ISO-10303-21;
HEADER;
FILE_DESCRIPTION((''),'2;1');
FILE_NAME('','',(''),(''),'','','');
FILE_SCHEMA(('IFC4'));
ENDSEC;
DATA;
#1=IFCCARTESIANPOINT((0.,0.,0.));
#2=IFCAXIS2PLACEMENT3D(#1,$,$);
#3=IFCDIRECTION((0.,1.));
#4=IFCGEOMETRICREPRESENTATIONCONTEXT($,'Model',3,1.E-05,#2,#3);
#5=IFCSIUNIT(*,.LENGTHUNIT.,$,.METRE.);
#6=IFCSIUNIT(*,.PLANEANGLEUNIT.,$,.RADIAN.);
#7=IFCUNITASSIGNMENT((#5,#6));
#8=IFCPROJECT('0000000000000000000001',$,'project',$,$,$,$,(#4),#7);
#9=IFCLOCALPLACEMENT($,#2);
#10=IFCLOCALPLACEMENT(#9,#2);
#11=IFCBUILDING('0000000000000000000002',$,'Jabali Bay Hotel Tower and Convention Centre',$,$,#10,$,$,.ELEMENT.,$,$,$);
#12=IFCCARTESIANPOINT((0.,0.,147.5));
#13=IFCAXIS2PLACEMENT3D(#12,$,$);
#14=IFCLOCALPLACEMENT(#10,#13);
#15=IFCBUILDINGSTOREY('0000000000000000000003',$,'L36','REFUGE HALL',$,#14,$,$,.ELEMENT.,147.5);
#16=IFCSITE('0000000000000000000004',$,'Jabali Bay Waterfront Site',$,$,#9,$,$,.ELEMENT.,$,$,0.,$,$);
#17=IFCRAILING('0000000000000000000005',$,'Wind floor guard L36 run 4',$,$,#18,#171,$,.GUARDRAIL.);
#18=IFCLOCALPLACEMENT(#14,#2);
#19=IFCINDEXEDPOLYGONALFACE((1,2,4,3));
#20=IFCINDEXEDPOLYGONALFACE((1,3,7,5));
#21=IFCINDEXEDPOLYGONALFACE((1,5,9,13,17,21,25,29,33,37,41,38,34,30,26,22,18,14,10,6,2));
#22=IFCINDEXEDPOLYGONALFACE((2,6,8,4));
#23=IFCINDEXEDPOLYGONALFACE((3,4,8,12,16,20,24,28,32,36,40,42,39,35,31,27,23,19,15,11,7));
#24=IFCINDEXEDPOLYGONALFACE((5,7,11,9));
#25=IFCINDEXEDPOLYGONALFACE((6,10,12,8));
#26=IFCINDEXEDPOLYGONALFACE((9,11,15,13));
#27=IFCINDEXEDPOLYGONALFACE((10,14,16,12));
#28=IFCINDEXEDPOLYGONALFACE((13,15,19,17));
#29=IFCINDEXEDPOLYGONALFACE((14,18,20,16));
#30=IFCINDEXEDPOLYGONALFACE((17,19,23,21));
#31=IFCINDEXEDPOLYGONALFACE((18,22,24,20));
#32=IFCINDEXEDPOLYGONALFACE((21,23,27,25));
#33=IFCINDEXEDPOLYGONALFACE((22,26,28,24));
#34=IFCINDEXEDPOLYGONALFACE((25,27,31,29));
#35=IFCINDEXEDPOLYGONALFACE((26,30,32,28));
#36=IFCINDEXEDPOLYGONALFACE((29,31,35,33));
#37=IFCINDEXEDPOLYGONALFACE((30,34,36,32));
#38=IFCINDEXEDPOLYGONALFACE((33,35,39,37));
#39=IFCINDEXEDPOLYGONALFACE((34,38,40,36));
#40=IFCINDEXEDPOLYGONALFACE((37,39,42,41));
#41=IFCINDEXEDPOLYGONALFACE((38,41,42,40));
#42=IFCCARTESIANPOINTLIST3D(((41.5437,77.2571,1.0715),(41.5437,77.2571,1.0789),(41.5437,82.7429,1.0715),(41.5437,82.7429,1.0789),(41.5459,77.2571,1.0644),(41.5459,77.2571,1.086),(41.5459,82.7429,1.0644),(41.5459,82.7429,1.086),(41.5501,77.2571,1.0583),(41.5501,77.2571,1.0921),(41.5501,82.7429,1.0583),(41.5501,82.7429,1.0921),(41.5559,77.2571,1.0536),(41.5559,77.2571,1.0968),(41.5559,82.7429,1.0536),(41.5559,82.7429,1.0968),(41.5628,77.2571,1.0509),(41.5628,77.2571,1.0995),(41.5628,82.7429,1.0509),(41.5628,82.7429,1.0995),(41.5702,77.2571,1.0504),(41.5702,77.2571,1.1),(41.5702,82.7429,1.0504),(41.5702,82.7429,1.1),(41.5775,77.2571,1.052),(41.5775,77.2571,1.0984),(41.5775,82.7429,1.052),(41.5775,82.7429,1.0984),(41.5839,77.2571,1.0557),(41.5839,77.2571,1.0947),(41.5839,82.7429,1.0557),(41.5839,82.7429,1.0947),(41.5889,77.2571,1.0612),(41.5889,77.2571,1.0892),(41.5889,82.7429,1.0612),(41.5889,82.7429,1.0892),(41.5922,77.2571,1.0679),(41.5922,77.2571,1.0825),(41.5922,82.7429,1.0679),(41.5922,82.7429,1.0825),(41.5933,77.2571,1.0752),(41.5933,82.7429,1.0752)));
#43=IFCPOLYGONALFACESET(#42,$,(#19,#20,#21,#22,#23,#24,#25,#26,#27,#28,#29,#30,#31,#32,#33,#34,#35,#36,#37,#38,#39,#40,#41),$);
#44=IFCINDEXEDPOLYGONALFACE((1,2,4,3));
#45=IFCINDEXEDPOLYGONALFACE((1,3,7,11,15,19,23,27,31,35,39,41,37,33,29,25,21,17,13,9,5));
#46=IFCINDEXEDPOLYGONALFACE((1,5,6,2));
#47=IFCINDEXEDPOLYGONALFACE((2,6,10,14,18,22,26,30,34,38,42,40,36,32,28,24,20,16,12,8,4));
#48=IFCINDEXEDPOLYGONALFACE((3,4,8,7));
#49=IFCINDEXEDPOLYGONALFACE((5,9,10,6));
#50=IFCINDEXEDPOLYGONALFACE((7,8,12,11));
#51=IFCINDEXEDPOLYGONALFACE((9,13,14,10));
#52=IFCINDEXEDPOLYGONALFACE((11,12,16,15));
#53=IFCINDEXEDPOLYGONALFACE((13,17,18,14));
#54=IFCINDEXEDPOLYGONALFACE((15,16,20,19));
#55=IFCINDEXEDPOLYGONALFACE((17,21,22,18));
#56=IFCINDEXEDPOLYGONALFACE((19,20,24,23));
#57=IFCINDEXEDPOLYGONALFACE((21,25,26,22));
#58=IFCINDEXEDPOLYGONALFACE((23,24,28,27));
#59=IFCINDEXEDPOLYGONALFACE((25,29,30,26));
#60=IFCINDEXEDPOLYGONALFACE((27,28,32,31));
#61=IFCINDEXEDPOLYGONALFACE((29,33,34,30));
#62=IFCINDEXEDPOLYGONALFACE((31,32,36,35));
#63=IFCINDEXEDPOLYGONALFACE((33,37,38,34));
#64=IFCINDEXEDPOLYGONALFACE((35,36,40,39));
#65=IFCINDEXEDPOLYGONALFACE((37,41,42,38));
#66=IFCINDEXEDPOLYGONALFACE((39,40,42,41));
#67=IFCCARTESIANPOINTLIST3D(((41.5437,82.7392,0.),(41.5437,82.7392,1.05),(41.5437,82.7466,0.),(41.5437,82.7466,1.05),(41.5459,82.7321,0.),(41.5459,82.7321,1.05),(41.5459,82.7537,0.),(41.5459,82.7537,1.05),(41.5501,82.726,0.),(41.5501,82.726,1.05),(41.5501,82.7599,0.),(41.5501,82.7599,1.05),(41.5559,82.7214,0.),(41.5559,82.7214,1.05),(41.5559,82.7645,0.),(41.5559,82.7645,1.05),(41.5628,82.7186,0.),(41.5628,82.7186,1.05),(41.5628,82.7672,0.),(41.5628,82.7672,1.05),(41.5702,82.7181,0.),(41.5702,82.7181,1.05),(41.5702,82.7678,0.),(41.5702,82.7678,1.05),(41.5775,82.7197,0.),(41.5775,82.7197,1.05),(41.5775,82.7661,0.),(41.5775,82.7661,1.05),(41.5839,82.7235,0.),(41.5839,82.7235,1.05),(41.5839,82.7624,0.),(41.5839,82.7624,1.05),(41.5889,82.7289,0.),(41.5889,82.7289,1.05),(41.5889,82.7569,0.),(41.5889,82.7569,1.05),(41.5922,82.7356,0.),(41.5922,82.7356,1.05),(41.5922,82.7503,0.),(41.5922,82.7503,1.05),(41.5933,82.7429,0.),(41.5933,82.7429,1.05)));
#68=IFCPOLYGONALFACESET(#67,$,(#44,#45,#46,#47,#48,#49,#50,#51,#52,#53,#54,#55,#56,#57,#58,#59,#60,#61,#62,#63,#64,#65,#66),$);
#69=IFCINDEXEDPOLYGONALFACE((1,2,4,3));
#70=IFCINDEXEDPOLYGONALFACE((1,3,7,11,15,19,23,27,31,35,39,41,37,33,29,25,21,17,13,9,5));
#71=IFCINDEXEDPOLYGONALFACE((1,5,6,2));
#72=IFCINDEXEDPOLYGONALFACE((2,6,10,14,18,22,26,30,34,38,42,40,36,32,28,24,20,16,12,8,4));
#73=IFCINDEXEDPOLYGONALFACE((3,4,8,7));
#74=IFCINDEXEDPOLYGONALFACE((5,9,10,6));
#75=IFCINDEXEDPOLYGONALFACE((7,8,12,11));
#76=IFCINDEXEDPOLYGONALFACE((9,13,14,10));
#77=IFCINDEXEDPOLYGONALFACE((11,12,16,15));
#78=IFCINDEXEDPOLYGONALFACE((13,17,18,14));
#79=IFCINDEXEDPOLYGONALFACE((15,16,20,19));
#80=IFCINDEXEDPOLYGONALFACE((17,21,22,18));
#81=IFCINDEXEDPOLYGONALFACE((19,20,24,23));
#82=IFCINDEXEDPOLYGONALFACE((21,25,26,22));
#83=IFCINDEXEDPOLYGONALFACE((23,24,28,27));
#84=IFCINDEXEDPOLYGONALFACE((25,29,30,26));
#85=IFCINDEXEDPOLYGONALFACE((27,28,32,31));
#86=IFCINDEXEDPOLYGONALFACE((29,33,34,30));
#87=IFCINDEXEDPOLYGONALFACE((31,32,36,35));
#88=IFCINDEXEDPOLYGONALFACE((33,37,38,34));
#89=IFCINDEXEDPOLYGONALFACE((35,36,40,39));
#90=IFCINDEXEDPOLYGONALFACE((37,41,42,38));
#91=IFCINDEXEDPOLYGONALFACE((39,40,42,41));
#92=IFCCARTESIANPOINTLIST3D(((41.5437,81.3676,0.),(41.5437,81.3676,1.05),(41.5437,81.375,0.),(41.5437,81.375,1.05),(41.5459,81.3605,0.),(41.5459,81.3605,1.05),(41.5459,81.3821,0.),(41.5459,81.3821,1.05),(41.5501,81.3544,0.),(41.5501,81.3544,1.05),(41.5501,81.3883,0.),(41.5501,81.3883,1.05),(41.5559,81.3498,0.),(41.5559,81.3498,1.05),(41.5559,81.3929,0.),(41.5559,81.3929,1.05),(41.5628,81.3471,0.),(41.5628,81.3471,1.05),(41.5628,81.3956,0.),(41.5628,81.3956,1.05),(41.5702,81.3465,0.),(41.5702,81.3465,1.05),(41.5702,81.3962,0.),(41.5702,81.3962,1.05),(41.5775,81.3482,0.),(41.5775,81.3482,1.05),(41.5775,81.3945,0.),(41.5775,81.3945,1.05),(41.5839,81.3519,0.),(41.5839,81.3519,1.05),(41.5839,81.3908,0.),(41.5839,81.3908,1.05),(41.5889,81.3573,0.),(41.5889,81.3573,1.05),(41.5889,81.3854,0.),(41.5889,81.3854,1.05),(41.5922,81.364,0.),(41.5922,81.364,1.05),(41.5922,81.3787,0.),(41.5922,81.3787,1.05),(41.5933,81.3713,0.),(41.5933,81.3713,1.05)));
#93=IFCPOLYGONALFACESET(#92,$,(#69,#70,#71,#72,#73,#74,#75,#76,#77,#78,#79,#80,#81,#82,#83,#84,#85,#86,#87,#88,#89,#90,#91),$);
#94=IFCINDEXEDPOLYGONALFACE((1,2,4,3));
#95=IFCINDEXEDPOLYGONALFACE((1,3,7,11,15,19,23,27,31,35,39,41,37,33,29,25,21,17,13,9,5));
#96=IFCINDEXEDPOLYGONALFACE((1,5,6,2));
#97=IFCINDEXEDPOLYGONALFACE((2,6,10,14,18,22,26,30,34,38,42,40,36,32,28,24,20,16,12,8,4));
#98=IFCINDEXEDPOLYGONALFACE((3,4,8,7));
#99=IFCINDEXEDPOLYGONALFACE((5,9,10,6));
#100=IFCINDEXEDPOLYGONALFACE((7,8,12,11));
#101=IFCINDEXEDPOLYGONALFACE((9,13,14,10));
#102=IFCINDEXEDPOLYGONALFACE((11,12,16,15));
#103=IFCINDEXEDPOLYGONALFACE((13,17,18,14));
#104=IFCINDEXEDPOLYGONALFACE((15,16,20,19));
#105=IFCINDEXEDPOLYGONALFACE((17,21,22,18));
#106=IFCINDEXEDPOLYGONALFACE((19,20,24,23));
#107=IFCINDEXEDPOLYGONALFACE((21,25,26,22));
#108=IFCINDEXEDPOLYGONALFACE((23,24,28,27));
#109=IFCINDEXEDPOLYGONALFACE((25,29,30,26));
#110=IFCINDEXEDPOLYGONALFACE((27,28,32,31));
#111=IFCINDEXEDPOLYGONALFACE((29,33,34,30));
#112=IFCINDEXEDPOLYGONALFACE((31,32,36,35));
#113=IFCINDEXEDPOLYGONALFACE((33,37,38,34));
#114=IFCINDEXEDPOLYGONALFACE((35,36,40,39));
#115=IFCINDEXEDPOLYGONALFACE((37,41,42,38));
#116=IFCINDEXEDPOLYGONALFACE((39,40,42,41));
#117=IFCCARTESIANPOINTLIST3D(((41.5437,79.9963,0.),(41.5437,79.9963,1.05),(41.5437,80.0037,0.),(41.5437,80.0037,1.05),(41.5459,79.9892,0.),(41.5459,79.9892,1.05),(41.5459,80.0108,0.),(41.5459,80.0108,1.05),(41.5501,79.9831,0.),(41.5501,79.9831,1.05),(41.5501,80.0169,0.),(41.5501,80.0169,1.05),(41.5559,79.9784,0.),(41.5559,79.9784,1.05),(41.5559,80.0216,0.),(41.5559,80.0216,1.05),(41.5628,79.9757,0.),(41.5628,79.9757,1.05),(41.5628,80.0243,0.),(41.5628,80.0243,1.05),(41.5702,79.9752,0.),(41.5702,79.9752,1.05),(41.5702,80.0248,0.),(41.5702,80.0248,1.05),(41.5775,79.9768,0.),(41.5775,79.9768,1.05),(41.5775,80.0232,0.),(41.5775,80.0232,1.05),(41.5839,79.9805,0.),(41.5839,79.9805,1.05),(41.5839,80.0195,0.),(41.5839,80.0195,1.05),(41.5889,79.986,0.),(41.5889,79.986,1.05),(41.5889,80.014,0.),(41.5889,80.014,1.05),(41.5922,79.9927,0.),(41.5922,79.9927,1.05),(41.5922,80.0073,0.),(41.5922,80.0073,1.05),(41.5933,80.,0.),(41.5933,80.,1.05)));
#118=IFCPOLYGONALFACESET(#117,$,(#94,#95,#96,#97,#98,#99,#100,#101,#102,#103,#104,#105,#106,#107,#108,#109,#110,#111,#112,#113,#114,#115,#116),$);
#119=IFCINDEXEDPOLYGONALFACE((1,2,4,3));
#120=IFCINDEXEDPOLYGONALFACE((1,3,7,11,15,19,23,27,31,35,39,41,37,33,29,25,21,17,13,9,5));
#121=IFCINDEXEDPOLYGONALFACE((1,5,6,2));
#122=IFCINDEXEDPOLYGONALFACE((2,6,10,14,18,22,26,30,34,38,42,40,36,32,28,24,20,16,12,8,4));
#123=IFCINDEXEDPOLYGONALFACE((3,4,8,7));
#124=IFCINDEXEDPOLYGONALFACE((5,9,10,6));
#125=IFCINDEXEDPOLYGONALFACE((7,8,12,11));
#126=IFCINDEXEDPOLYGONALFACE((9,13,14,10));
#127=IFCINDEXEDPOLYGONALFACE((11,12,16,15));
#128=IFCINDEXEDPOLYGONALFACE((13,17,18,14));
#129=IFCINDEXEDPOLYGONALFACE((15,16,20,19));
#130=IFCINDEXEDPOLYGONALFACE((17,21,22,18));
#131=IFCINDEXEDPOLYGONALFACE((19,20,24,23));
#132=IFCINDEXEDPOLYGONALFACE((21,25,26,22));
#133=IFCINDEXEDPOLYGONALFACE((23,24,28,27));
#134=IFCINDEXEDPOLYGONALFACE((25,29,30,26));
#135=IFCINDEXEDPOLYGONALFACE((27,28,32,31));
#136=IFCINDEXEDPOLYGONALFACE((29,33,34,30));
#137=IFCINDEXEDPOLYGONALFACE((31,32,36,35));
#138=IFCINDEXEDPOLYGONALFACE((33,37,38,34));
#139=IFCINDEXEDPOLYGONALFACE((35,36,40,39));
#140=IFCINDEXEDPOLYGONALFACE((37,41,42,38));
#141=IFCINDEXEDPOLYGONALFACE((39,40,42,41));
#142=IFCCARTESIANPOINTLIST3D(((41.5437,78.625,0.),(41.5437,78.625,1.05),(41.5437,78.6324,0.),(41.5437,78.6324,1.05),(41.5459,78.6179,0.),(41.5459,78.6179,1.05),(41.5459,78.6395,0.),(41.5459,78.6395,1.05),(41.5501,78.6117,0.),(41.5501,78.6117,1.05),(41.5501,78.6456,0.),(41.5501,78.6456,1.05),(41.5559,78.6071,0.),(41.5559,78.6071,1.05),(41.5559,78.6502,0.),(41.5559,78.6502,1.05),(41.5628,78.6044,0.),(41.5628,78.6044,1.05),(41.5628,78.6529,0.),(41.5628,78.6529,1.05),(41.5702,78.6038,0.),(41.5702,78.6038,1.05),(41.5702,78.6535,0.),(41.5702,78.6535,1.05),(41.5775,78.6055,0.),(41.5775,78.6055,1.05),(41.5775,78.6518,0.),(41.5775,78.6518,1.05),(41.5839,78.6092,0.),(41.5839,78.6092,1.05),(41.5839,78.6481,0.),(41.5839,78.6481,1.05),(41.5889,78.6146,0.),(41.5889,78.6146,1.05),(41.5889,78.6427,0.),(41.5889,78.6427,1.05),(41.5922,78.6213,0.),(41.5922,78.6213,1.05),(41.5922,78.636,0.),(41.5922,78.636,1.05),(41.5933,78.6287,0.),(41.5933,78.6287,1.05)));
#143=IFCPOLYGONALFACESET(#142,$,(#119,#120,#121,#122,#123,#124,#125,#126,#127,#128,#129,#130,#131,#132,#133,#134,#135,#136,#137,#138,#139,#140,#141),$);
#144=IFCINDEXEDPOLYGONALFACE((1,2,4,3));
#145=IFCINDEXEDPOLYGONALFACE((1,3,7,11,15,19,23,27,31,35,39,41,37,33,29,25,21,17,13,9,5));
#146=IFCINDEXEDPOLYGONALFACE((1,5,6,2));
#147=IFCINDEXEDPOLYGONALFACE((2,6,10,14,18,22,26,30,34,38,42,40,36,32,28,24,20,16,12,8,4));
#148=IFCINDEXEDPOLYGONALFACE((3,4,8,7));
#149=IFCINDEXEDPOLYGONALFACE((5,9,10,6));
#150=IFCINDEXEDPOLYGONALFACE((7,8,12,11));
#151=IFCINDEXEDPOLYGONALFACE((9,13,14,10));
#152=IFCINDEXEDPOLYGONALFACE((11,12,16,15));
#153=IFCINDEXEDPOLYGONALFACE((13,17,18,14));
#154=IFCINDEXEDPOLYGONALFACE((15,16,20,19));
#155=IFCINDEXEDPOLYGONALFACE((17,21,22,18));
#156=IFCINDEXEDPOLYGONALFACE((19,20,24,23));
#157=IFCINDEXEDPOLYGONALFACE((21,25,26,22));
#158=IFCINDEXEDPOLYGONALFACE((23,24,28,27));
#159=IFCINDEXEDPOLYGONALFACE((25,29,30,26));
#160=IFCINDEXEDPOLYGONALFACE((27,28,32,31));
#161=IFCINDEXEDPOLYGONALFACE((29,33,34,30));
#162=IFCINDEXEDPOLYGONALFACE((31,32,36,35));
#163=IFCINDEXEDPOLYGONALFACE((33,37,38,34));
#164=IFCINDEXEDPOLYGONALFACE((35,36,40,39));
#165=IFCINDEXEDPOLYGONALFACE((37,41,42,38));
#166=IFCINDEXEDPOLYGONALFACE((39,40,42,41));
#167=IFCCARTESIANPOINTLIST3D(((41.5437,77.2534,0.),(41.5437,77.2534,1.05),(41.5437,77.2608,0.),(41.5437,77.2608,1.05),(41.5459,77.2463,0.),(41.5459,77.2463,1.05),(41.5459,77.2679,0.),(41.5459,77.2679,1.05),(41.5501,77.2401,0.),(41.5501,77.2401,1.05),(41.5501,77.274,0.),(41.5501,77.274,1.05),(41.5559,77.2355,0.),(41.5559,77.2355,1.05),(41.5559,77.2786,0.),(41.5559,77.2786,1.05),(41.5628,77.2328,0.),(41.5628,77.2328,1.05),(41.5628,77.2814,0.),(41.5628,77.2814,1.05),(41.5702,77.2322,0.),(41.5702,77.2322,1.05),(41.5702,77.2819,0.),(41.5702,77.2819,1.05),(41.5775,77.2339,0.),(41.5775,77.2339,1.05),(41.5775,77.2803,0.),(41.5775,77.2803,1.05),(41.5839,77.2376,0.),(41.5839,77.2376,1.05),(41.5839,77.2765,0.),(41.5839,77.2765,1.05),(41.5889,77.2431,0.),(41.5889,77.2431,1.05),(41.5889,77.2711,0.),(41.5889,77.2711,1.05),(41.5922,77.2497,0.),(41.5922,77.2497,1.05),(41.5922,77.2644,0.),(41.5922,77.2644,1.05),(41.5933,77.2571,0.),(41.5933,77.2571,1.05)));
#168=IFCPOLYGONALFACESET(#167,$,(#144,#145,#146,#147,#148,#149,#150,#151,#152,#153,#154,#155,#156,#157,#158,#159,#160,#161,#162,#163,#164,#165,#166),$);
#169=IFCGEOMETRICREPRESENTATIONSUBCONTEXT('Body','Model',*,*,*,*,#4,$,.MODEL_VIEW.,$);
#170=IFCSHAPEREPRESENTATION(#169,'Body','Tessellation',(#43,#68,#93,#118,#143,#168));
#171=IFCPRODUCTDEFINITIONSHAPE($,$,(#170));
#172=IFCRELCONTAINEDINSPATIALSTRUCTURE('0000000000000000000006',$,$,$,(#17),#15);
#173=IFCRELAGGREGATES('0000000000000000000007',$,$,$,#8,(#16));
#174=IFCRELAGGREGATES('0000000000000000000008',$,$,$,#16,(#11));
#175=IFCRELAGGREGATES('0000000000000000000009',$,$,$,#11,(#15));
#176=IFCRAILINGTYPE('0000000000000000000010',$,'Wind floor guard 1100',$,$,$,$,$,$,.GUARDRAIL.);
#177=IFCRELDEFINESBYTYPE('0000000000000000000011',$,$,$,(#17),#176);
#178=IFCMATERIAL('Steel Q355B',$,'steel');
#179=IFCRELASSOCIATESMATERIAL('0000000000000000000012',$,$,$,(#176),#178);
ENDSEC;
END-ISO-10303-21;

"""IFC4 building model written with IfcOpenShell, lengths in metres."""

from ifc_helpers import new_model, si_unit, direction, frame, origin, origin_2d, place, context, subcontext, project, spatial, circle, extrude, material, type_object, element, save


model = new_model("IFC4")

# Units and contexts
model_context = context("Model", 3, precision=1e-05, world=origin(), true_north=direction((0.0, 1.0)))
body_context = subcontext(model_context, "Body", "Model", "MODEL_VIEW")
ifc_project = project(units=[si_unit("LENGTHUNIT", "METRE"), si_unit("PLANEANGLEUNIT", "RADIAN")], contexts=[model_context])

# Site, building, storey
site_placement = place(None, origin())
site = spatial("IfcSite", under=ifc_project, at=site_placement, Name="Jabali Bay Waterfront Site", CompositionType="ELEMENT", RefElevation=0.0)
building_placement = place(site_placement, origin())
building = spatial("IfcBuilding", under=site, at=building_placement, Name="Jabali Bay Hotel Tower and Convention Centre", CompositionType="ELEMENT")
storey_placement = place(building_placement, frame((0.0, 0.0, 147.5)))
storey = spatial("IfcBuildingStorey", under=building, at=storey_placement, Name="L36", Description="REFUGE HALL", CompositionType="ELEMENT", Elevation=147.5)

# Railing
ifc_material_1 = material(Name="Steel Q355B", Category="steel")
railing_type_1 = type_object("IfcRailingType", Name="Wind floor guard 1100", PredefinedType="GUARDRAIL", material=ifc_material_1)
railing_1_placement = place(storey_placement, frame((41.5684, 82.7429, 0.0)))
element("IfcRailing", 1, at=railing_1_placement, inside=storey, type_object=railing_type_1, Name="Wind floor guard L36 run 4", PredefinedType="GUARDRAIL", context=body_context, shape_type="SweptSolid", body=[
    extrude(circle(Radius=0.0249, at=origin_2d()), frame((0.0, 0.0, 1.0752), z_axis=(0.0, -1.0, 0.0), x_axis=(1.0, 0.0, 0.0)), (0.0, 0.0, 1.0), 5.4858),
    extrude(circle(Radius=0.0249, at=origin_2d()), origin(), (0.0, 0.0, 1.0), 1.05),
    extrude(circle(Radius=0.0249, at=origin_2d()), frame((0.0, -1.3716, 0.0)), (0.0, 0.0, 1.0), 1.05),
    extrude(circle(Radius=0.0249, at=origin_2d()), frame((0.0, -2.7429, 0.0)), (0.0, 0.0, 1.0), 1.05),
    extrude(circle(Radius=0.0249, at=origin_2d()), frame((0.0, -4.1143, 0.0)), (0.0, 0.0, 1.0), 1.05),
    extrude(circle(Radius=0.0249, at=origin_2d()), frame((0.0, -5.4858, 0.0)), (0.0, 0.0, 1.0), 1.05),
])

save(model, "model.ifc")
